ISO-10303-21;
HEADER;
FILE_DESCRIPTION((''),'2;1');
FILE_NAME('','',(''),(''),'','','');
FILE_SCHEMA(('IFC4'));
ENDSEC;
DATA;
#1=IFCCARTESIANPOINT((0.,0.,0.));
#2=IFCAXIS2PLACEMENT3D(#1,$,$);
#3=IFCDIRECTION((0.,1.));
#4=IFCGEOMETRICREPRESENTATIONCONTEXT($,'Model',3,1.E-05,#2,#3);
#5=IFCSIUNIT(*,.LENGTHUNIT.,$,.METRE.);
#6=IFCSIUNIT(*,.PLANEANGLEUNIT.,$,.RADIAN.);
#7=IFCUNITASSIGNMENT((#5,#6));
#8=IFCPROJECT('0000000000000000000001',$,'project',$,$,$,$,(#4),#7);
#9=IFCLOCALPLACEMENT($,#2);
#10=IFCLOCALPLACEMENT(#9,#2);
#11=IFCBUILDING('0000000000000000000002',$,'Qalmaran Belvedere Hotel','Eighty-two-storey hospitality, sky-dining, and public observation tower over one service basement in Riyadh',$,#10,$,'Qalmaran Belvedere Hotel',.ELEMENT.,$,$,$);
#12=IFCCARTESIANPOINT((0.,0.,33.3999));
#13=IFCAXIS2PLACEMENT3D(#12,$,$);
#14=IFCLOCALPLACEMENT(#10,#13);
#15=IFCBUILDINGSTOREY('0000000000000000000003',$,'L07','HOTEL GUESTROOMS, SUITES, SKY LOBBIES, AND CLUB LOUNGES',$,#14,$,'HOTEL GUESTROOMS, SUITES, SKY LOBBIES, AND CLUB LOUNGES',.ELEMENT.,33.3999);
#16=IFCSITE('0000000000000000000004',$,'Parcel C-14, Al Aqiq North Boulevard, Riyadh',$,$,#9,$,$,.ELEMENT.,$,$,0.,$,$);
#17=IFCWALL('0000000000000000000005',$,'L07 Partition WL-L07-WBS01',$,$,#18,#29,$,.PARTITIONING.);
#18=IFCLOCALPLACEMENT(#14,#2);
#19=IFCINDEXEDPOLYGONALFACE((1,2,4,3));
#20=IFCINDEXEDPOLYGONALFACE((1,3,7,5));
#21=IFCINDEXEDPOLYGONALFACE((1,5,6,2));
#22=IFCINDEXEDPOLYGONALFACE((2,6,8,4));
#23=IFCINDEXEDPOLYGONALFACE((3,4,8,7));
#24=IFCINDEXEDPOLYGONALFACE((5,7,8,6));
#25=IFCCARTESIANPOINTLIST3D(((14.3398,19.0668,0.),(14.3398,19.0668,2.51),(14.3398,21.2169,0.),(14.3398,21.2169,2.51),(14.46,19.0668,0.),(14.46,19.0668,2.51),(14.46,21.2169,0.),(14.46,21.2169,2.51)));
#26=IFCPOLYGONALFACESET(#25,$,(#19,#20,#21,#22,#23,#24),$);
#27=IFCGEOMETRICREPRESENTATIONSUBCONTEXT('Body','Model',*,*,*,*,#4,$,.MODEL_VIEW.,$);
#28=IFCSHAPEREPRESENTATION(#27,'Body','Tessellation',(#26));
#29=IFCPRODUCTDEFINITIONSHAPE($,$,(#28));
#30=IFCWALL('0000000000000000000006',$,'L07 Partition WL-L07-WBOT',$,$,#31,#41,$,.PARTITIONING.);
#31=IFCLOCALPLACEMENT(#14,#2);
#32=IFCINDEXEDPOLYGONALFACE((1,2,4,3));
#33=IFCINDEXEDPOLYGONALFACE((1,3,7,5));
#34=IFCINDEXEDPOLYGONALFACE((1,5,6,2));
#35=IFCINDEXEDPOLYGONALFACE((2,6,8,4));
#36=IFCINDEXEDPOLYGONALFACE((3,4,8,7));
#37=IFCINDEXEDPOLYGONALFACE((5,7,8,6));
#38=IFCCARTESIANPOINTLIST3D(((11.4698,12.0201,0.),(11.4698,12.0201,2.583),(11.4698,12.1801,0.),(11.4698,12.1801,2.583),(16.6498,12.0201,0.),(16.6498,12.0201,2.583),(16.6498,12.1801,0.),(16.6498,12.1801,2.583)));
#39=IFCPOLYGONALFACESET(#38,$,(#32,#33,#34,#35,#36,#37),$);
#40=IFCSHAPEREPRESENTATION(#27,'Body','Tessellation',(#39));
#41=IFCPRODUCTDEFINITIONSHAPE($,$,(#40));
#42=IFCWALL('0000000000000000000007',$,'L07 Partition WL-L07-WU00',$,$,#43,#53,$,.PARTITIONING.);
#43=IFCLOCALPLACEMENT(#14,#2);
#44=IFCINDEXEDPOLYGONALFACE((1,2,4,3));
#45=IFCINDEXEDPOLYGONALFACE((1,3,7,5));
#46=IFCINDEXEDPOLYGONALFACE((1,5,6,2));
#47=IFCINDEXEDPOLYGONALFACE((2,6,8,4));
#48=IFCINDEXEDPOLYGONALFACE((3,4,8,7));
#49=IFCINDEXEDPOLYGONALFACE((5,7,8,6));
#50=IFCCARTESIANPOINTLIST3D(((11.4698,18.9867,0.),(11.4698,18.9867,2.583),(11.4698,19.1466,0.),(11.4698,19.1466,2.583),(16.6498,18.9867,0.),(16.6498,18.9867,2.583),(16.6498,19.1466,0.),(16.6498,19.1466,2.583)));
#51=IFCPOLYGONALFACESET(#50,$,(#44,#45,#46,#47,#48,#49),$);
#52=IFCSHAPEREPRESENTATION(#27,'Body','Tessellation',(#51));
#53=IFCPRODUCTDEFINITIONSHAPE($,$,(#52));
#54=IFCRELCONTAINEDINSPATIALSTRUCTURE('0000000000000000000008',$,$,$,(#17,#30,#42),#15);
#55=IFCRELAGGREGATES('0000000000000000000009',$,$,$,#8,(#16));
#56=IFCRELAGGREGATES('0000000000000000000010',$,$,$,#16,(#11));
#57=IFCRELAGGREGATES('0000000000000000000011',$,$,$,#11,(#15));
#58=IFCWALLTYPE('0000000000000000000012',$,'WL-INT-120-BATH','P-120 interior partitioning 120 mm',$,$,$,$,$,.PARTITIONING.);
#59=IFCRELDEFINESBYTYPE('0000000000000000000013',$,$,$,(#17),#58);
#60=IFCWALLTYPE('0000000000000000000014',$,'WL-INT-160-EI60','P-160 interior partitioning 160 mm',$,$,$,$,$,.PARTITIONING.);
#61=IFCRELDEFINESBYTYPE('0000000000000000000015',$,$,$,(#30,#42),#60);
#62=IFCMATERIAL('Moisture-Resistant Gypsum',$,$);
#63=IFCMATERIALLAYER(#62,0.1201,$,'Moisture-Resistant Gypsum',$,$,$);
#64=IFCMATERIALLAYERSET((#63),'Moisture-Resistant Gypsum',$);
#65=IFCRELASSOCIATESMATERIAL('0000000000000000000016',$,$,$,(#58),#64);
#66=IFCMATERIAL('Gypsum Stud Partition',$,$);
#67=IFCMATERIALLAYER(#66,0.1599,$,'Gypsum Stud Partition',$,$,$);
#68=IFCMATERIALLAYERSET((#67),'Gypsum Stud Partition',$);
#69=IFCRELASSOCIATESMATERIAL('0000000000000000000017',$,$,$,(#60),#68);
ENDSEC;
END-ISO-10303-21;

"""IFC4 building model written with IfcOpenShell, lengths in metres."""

from ifc_helpers import new_model, si_unit, direction, frame, frame_2d, origin, place, context, subcontext, project, spatial, rectangle, extrude, material, layer, layer_set, type_object, element, save


model = new_model("IFC4")

# Units and contexts
model_context = context("Model", 3, precision=1e-05, world=origin(), true_north=direction((0.0, 1.0)))
body_context = subcontext(model_context, "Body", "Model", "MODEL_VIEW")
ifc_project = project(units=[si_unit("LENGTHUNIT", "METRE"), si_unit("PLANEANGLEUNIT", "RADIAN")], contexts=[model_context])

# Site, building, storey
site_placement = place(None, origin())
site = spatial("IfcSite", under=ifc_project, at=site_placement, Name="Parcel C-14, Al Aqiq North Boulevard, Riyadh", CompositionType="ELEMENT", RefElevation=0.0)
building_placement = place(site_placement, origin())
building = spatial("IfcBuilding", under=site, at=building_placement, Name="Qalmaran Belvedere Hotel", Description="Eighty-two-storey hospitality, sky-dining, and public observation tower over one service basement in Riyadh", LongName="Qalmaran Belvedere Hotel", CompositionType="ELEMENT")
storey_placement = place(building_placement, frame((0.0, 0.0, 33.3999)))
storey = spatial("IfcBuildingStorey", under=building, at=storey_placement, Name="L07", Description="HOTEL GUESTROOMS, SUITES, SKY LOBBIES, AND CLUB LOUNGES", LongName="HOTEL GUESTROOMS, SUITES, SKY LOBBIES, AND CLUB LOUNGES", CompositionType="ELEMENT", Elevation=33.3999)

# Shared definitions
ifc_material_1 = material(Name="Moisture-Resistant Gypsum")
ifc_layer_1 = layer(ifc_material_1, 0.1201, Name="Moisture-Resistant Gypsum")
ifc_layer_set_1 = layer_set([ifc_layer_1], Name="Moisture-Resistant Gypsum")
wall_type_1 = type_object("IfcWallType", Name="WL-INT-120-BATH", Description="P-120 interior partitioning 120 mm", PredefinedType="PARTITIONING", material=ifc_layer_set_1)

# Walls
wall_1_placement = place(storey_placement, frame((14.3999, 19.0667, 0.0), z_axis=(0.0, 0.0, 1.0), x_axis=(0.0, 1.0, 0.0)))
element("IfcWall", 1, at=wall_1_placement, inside=storey, type_object=wall_type_1, Name="L07 Partition WL-L07-WBS01", PredefinedType="PARTITIONING", context=body_context, shape_type="SweptSolid", body=[
    extrude(rectangle(XDim=2.1501, YDim=0.1201, at=frame_2d((1.0752, 0.0))), origin(), (0.0, 0.0, 1.0), 2.51),
])
ifc_material_2 = material(Name="Gypsum Stud Partition")
ifc_layer_2 = layer(ifc_material_2, 0.1599, Name="Gypsum Stud Partition")
ifc_layer_set_2 = layer_set([ifc_layer_2], Name="Gypsum Stud Partition")
wall_type_2 = type_object("IfcWallType", Name="WL-INT-160-EI60", Description="P-160 interior partitioning 160 mm", PredefinedType="PARTITIONING", material=ifc_layer_set_2)
for number, where, z_axis, x_axis, name in (
    (2, (11.47, 12.1001, 0.0), (0.0, 0.0, 1.0), (1.0, 0.0, 0.0), "L07 Partition WL-L07-WBOT"),
    (3, (11.47, 19.0667, 0.0), (0.0, 0.0, 1.0), (1.0, 0.0, 0.0), "L07 Partition WL-L07-WU00"),
):
    element("IfcWall", number, at=place(storey_placement, frame(where, z_axis=z_axis, x_axis=x_axis)), inside=storey, type_object=wall_type_2, Name=name, PredefinedType="PARTITIONING", context=body_context, shape_type="SweptSolid", body=[
        extrude(rectangle(XDim=5.1799, YDim=0.1599, at=frame_2d((2.5898, 0.0))), origin(), (0.0, 0.0, 1.0), 2.583),
    ])

save(model, "model.ifc")
